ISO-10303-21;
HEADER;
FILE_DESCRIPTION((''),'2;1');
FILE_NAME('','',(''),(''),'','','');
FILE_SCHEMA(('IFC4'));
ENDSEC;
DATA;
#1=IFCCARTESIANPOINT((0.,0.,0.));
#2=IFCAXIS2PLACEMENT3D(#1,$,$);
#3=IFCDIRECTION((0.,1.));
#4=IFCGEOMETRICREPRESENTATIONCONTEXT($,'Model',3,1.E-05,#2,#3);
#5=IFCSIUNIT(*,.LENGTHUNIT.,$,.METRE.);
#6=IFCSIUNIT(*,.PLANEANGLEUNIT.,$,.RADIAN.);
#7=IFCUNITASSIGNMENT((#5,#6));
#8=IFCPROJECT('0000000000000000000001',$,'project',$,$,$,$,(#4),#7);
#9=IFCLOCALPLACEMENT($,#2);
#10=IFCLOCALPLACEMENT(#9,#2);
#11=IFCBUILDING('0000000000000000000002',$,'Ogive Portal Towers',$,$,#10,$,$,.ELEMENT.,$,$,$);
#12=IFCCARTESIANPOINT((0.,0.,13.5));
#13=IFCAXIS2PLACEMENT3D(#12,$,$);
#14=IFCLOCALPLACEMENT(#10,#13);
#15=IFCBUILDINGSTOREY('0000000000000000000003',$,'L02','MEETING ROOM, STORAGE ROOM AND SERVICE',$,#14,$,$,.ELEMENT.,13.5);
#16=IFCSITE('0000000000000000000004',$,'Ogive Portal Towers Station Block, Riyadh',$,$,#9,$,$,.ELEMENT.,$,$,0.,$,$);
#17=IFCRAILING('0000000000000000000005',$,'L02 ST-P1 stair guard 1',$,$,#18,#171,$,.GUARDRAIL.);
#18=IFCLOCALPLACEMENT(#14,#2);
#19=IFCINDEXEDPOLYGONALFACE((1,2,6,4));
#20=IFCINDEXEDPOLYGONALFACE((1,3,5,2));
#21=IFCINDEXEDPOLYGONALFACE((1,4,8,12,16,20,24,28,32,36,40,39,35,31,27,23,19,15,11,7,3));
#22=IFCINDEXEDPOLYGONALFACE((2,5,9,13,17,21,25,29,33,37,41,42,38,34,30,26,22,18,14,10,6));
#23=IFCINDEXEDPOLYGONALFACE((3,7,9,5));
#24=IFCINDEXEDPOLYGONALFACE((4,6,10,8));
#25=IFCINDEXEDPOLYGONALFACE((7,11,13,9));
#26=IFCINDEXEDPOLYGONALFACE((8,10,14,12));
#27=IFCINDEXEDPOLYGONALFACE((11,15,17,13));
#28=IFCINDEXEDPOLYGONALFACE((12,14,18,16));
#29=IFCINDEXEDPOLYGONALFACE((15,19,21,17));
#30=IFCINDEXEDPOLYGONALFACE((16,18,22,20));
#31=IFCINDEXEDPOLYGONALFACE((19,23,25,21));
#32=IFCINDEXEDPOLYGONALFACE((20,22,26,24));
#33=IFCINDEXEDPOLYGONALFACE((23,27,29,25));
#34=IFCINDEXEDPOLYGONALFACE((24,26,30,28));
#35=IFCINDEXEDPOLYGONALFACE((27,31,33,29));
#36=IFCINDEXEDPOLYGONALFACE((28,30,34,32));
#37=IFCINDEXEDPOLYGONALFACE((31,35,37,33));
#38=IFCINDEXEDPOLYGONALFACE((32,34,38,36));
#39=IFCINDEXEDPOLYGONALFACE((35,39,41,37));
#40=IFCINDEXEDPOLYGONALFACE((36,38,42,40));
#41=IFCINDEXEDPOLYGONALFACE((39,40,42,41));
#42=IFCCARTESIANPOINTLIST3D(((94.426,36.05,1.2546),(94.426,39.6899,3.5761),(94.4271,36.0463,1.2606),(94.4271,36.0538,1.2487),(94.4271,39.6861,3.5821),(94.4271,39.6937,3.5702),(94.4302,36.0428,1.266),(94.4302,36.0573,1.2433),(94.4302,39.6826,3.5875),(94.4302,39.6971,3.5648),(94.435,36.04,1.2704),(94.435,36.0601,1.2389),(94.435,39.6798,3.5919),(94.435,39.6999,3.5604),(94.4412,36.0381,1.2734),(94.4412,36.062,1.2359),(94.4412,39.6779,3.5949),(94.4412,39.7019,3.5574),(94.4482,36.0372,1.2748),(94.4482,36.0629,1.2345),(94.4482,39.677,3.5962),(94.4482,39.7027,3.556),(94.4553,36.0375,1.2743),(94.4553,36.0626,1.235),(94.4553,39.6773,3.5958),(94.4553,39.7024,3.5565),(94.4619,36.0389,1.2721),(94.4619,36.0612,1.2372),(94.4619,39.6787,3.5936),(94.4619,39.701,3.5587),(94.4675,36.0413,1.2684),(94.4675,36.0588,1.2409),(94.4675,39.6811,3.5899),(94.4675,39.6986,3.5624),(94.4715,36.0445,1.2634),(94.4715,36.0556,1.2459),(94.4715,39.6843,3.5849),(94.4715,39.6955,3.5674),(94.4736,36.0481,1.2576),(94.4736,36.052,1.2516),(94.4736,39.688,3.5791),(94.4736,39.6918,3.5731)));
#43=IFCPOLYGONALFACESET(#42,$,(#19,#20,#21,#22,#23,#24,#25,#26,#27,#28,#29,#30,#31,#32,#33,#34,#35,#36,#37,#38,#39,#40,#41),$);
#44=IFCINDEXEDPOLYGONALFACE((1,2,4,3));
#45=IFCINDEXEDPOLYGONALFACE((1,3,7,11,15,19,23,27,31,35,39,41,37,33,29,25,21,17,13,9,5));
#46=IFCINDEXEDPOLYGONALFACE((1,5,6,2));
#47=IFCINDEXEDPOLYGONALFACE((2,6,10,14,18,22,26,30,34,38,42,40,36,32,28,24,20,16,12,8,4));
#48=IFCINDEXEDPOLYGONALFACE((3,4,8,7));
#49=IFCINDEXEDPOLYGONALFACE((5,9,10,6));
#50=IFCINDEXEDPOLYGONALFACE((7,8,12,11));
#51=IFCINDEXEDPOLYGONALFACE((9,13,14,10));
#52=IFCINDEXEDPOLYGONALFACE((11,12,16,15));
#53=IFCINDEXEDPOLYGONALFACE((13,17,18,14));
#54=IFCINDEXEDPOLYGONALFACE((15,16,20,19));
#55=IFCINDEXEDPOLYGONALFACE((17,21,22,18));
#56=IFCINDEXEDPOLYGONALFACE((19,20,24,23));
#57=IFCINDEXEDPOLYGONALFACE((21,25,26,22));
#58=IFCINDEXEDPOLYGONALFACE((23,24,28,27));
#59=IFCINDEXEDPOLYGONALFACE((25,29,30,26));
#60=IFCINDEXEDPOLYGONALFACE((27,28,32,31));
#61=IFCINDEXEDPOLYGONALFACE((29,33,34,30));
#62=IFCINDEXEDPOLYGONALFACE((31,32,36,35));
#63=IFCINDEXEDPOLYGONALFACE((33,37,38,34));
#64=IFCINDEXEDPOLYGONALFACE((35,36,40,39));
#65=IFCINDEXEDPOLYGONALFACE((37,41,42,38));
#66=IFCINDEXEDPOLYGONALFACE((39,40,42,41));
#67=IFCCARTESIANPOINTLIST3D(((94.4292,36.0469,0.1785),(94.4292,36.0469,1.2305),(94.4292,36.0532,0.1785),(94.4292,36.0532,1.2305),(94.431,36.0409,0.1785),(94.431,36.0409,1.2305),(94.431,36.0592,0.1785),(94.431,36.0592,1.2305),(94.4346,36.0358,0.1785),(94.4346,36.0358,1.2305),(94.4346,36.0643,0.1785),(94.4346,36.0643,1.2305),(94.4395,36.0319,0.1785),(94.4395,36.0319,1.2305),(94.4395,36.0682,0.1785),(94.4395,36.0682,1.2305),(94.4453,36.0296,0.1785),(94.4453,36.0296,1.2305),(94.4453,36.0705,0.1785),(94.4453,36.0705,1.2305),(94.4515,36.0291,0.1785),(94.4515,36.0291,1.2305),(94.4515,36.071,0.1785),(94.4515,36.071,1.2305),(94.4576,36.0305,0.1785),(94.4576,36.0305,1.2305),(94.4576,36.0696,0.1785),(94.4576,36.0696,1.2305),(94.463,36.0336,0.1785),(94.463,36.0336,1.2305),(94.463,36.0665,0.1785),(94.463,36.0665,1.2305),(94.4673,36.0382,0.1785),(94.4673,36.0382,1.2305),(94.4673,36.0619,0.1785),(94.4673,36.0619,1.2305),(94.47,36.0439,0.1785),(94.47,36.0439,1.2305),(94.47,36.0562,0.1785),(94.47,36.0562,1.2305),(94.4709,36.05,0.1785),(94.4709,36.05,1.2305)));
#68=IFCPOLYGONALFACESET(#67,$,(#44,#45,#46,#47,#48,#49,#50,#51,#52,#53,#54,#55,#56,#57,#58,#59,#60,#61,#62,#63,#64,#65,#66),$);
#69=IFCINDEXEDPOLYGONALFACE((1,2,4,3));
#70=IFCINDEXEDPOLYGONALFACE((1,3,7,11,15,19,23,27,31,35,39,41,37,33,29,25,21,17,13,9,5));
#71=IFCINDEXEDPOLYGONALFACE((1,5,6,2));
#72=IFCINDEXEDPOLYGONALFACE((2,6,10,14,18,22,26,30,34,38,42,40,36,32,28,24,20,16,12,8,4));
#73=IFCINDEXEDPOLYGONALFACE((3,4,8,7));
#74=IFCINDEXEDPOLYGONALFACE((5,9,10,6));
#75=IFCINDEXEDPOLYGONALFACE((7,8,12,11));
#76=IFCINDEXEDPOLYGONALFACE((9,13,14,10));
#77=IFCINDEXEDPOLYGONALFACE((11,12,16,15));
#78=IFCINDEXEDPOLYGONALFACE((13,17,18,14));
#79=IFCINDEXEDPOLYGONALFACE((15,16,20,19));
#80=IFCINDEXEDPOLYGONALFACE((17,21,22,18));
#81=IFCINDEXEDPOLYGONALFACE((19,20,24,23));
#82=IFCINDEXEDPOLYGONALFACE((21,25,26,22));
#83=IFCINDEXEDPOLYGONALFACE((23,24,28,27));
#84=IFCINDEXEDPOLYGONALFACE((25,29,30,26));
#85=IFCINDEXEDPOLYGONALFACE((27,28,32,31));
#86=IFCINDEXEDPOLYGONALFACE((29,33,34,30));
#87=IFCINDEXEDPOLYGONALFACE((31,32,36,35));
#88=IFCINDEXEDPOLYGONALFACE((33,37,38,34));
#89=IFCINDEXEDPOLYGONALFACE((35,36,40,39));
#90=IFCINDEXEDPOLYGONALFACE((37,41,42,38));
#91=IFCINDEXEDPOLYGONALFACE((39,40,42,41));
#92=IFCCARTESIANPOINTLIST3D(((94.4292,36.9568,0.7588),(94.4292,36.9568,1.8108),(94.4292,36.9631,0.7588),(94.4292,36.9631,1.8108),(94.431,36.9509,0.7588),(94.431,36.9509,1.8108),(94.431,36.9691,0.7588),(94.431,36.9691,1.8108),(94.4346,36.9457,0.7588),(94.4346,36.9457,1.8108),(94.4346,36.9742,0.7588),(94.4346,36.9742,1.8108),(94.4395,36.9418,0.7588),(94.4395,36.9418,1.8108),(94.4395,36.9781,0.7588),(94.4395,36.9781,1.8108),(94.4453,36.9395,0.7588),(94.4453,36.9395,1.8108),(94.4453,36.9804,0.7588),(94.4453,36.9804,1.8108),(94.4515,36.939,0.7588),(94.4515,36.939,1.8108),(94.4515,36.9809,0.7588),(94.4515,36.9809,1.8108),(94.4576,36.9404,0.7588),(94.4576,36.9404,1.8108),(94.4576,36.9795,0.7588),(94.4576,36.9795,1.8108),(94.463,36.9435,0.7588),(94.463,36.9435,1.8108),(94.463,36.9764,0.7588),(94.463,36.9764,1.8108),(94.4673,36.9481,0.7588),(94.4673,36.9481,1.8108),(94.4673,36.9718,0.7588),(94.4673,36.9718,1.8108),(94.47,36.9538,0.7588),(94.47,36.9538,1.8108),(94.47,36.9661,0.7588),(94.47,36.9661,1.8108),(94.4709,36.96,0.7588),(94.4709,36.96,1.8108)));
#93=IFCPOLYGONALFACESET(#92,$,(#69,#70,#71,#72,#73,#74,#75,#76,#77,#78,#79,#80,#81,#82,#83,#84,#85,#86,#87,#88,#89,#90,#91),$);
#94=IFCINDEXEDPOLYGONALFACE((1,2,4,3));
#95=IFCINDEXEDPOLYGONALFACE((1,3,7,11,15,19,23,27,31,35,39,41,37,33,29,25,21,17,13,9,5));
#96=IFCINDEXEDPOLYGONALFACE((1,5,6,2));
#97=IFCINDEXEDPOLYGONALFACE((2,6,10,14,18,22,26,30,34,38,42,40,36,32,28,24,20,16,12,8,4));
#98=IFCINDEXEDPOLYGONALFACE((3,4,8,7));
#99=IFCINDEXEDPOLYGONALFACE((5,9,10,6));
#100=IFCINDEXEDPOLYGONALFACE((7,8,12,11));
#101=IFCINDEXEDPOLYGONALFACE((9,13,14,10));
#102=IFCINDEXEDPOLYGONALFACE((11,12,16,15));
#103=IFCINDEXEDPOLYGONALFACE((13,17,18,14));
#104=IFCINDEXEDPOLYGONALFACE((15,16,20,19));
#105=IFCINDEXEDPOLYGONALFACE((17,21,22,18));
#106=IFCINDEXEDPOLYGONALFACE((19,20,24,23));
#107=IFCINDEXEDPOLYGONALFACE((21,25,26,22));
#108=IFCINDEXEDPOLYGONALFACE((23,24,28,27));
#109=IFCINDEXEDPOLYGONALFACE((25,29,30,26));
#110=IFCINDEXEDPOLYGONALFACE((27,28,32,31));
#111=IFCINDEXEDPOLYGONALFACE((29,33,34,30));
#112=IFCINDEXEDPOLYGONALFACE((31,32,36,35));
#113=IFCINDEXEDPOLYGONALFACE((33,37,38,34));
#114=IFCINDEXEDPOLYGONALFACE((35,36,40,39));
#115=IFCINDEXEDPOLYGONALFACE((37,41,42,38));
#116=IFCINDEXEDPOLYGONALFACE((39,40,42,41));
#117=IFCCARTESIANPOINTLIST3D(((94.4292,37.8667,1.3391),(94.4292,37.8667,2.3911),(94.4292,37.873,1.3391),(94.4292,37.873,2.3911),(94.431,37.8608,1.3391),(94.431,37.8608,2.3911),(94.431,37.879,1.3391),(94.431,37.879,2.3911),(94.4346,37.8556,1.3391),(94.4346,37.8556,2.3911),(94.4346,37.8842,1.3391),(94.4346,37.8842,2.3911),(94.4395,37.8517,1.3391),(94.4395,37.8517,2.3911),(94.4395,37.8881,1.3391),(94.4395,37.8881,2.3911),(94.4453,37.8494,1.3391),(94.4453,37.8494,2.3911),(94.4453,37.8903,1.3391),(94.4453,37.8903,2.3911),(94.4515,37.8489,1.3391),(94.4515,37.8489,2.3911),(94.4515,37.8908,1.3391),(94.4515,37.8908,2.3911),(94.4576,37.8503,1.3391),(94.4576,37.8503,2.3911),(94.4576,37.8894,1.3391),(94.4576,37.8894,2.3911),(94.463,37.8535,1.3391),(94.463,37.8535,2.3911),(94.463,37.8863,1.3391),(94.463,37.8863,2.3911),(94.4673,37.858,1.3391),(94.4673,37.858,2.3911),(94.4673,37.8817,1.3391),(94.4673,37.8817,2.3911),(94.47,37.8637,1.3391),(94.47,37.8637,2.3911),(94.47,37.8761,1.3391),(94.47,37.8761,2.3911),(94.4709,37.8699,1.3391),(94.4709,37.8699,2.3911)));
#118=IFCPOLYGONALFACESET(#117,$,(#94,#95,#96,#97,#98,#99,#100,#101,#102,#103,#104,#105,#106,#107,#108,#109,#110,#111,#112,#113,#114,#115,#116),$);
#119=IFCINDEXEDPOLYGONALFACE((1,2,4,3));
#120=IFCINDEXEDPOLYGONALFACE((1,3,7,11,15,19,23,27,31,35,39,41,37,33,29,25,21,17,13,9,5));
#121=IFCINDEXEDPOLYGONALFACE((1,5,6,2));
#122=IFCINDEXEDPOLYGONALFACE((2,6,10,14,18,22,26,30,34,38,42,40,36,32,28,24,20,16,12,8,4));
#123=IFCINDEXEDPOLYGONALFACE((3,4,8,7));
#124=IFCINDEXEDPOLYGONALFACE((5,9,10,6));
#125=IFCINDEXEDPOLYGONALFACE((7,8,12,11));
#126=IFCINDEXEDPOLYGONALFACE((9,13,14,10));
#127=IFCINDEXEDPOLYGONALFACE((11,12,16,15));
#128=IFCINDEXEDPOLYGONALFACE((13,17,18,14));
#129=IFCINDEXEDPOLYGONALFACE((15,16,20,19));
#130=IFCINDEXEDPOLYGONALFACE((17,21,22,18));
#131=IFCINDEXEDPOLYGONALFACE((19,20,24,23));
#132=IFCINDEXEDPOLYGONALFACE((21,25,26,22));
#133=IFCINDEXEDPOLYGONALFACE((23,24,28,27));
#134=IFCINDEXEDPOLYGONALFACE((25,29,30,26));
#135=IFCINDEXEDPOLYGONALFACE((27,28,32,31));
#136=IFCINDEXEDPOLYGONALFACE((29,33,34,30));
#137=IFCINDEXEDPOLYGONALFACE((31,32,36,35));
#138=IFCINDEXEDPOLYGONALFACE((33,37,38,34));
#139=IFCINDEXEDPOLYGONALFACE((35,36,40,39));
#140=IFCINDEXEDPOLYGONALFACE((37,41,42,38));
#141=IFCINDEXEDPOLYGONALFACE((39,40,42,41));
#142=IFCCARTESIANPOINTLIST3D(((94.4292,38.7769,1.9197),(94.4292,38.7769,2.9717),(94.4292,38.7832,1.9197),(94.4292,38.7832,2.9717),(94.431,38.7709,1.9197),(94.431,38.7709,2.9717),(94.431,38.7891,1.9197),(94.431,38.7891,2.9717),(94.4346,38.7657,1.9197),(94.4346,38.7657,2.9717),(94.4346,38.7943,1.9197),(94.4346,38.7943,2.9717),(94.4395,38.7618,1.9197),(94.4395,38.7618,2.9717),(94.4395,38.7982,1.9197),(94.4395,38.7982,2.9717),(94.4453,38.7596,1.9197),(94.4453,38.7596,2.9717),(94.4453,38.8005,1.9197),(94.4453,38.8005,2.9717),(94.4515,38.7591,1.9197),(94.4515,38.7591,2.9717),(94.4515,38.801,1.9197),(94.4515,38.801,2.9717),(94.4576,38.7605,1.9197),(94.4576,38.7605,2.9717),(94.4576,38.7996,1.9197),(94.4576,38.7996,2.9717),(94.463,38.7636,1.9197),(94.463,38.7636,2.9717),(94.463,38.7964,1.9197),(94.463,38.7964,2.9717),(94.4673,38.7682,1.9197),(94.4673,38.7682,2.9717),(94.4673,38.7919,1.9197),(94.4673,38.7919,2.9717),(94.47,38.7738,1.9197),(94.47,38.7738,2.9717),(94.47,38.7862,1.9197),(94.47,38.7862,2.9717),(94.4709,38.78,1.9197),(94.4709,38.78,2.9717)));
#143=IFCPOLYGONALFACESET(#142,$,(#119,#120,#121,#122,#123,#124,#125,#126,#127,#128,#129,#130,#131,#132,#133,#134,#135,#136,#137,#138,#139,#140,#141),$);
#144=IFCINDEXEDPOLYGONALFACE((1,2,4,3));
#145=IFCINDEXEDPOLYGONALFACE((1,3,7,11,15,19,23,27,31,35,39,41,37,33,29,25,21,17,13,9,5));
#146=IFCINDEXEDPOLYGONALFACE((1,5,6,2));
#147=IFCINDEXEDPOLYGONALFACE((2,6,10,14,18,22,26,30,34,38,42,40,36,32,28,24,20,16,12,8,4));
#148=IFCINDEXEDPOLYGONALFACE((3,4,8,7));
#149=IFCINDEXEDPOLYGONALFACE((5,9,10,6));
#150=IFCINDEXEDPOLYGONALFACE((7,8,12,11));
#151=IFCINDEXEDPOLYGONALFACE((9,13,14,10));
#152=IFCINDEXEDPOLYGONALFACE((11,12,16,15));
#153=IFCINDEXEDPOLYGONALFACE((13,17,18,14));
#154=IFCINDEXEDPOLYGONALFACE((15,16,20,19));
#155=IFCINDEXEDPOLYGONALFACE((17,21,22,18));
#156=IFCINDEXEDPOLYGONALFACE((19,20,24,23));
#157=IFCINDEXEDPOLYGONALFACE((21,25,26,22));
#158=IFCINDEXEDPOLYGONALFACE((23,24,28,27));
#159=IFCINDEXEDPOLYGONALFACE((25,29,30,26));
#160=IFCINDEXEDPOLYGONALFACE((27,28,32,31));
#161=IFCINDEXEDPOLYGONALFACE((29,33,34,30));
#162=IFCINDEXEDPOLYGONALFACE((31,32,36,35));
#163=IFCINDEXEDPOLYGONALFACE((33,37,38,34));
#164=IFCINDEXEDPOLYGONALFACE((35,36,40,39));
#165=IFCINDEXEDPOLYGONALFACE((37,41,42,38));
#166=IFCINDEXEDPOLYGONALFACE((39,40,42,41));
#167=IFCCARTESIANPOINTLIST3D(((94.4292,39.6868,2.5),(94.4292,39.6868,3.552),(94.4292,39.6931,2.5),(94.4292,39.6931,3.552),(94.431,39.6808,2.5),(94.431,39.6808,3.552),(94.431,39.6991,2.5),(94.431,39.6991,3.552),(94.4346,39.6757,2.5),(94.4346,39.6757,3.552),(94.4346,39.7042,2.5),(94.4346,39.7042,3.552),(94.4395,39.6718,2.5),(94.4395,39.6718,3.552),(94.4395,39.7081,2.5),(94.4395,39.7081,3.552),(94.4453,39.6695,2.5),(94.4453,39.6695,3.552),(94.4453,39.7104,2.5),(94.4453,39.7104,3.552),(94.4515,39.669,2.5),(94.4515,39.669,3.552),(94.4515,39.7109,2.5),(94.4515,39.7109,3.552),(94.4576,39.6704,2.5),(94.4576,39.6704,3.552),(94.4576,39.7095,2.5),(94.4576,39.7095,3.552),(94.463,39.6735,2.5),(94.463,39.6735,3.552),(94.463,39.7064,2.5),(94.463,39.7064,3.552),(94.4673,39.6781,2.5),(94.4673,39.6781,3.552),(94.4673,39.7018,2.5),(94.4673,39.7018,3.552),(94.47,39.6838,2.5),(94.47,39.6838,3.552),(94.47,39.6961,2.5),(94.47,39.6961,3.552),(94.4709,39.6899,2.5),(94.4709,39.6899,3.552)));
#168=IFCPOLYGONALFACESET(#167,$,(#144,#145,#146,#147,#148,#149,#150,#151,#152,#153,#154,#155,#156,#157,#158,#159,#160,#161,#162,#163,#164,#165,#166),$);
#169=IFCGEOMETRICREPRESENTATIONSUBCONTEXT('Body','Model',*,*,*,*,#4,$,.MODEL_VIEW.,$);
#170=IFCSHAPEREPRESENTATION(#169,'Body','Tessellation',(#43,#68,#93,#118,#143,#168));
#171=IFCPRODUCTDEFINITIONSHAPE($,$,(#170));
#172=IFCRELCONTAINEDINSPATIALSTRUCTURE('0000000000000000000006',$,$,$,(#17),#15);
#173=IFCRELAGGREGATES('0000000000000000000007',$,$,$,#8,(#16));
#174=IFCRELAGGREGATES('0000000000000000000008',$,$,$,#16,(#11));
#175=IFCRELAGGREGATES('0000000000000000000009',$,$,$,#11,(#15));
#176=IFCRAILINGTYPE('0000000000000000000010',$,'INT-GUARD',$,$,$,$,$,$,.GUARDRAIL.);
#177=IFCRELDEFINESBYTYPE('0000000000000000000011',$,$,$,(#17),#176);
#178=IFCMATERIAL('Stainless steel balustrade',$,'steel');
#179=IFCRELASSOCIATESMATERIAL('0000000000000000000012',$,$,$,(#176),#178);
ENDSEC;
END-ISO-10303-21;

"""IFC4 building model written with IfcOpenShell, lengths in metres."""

from ifc_helpers import new_model, si_unit, direction, frame, origin, origin_2d, place, context, subcontext, project, spatial, circle, extrude, material, type_object, element, save


model = new_model("IFC4")

# Units and contexts
model_context = context("Model", 3, precision=1e-05, world=origin(), true_north=direction((0.0, 1.0)))
body_context = subcontext(model_context, "Body", "Model", "MODEL_VIEW")
ifc_project = project(units=[si_unit("LENGTHUNIT", "METRE"), si_unit("PLANEANGLEUNIT", "RADIAN")], contexts=[model_context])

# Site, building, storey
site_placement = place(None, origin())
site = spatial("IfcSite", under=ifc_project, at=site_placement, Name="Ogive Portal Towers Station Block, Riyadh", CompositionType="ELEMENT", RefElevation=0.0)
building_placement = place(site_placement, origin())
building = spatial("IfcBuilding", under=site, at=building_placement, Name="Ogive Portal Towers", CompositionType="ELEMENT")
storey_placement = place(building_placement, frame((0.0, 0.0, 13.5)))
storey = spatial("IfcBuildingStorey", under=building, at=storey_placement, Name="L02", Description="MEETING ROOM, STORAGE ROOM AND SERVICE", CompositionType="ELEMENT", Elevation=13.5)

# Railing
ifc_material_1 = material(Name="Stainless steel balustrade", Category="steel")
railing_type_1 = type_object("IfcRailingType", Name="INT-GUARD", PredefinedType="GUARDRAIL", material=ifc_material_1)
railing_1_placement = place(storey_placement, frame((94.45, 36.05, 0.1785)))
element("IfcRailing", 1, at=railing_1_placement, inside=storey, type_object=railing_type_1, Name="L02 ST-P1 stair guard 1", PredefinedType="GUARDRAIL", context=body_context, shape_type="SweptSolid", body=[
    extrude(circle(Radius=0.0239, at=origin_2d()), frame((0.0, 0.0, 1.0762), z_axis=(0.0, 0.843112, 0.537739), x_axis=(-1.0, 0.0, 0.0)), (0.0, 0.0, 1.0), 4.3171),
    extrude(circle(Radius=0.021, at=origin_2d()), origin(), (0.0, 0.0, 1.0), 1.052),
    extrude(circle(Radius=0.021, at=origin_2d()), frame((0.0, 0.9099, 0.5803)), (0.0, 0.0, 1.0), 1.052),
    extrude(circle(Radius=0.021, at=origin_2d()), frame((0.0, 1.8198, 1.1606)), (0.0, 0.0, 1.0), 1.052),
    extrude(circle(Radius=0.021, at=origin_2d()), frame((0.0, 2.73, 1.7412)), (0.0, 0.0, 1.0), 1.052),
    extrude(circle(Radius=0.021, at=origin_2d()), frame((0.0, 3.6399, 2.3215)), (0.0, 0.0, 1.0), 1.052),
])

save(model, "model.ifc")
